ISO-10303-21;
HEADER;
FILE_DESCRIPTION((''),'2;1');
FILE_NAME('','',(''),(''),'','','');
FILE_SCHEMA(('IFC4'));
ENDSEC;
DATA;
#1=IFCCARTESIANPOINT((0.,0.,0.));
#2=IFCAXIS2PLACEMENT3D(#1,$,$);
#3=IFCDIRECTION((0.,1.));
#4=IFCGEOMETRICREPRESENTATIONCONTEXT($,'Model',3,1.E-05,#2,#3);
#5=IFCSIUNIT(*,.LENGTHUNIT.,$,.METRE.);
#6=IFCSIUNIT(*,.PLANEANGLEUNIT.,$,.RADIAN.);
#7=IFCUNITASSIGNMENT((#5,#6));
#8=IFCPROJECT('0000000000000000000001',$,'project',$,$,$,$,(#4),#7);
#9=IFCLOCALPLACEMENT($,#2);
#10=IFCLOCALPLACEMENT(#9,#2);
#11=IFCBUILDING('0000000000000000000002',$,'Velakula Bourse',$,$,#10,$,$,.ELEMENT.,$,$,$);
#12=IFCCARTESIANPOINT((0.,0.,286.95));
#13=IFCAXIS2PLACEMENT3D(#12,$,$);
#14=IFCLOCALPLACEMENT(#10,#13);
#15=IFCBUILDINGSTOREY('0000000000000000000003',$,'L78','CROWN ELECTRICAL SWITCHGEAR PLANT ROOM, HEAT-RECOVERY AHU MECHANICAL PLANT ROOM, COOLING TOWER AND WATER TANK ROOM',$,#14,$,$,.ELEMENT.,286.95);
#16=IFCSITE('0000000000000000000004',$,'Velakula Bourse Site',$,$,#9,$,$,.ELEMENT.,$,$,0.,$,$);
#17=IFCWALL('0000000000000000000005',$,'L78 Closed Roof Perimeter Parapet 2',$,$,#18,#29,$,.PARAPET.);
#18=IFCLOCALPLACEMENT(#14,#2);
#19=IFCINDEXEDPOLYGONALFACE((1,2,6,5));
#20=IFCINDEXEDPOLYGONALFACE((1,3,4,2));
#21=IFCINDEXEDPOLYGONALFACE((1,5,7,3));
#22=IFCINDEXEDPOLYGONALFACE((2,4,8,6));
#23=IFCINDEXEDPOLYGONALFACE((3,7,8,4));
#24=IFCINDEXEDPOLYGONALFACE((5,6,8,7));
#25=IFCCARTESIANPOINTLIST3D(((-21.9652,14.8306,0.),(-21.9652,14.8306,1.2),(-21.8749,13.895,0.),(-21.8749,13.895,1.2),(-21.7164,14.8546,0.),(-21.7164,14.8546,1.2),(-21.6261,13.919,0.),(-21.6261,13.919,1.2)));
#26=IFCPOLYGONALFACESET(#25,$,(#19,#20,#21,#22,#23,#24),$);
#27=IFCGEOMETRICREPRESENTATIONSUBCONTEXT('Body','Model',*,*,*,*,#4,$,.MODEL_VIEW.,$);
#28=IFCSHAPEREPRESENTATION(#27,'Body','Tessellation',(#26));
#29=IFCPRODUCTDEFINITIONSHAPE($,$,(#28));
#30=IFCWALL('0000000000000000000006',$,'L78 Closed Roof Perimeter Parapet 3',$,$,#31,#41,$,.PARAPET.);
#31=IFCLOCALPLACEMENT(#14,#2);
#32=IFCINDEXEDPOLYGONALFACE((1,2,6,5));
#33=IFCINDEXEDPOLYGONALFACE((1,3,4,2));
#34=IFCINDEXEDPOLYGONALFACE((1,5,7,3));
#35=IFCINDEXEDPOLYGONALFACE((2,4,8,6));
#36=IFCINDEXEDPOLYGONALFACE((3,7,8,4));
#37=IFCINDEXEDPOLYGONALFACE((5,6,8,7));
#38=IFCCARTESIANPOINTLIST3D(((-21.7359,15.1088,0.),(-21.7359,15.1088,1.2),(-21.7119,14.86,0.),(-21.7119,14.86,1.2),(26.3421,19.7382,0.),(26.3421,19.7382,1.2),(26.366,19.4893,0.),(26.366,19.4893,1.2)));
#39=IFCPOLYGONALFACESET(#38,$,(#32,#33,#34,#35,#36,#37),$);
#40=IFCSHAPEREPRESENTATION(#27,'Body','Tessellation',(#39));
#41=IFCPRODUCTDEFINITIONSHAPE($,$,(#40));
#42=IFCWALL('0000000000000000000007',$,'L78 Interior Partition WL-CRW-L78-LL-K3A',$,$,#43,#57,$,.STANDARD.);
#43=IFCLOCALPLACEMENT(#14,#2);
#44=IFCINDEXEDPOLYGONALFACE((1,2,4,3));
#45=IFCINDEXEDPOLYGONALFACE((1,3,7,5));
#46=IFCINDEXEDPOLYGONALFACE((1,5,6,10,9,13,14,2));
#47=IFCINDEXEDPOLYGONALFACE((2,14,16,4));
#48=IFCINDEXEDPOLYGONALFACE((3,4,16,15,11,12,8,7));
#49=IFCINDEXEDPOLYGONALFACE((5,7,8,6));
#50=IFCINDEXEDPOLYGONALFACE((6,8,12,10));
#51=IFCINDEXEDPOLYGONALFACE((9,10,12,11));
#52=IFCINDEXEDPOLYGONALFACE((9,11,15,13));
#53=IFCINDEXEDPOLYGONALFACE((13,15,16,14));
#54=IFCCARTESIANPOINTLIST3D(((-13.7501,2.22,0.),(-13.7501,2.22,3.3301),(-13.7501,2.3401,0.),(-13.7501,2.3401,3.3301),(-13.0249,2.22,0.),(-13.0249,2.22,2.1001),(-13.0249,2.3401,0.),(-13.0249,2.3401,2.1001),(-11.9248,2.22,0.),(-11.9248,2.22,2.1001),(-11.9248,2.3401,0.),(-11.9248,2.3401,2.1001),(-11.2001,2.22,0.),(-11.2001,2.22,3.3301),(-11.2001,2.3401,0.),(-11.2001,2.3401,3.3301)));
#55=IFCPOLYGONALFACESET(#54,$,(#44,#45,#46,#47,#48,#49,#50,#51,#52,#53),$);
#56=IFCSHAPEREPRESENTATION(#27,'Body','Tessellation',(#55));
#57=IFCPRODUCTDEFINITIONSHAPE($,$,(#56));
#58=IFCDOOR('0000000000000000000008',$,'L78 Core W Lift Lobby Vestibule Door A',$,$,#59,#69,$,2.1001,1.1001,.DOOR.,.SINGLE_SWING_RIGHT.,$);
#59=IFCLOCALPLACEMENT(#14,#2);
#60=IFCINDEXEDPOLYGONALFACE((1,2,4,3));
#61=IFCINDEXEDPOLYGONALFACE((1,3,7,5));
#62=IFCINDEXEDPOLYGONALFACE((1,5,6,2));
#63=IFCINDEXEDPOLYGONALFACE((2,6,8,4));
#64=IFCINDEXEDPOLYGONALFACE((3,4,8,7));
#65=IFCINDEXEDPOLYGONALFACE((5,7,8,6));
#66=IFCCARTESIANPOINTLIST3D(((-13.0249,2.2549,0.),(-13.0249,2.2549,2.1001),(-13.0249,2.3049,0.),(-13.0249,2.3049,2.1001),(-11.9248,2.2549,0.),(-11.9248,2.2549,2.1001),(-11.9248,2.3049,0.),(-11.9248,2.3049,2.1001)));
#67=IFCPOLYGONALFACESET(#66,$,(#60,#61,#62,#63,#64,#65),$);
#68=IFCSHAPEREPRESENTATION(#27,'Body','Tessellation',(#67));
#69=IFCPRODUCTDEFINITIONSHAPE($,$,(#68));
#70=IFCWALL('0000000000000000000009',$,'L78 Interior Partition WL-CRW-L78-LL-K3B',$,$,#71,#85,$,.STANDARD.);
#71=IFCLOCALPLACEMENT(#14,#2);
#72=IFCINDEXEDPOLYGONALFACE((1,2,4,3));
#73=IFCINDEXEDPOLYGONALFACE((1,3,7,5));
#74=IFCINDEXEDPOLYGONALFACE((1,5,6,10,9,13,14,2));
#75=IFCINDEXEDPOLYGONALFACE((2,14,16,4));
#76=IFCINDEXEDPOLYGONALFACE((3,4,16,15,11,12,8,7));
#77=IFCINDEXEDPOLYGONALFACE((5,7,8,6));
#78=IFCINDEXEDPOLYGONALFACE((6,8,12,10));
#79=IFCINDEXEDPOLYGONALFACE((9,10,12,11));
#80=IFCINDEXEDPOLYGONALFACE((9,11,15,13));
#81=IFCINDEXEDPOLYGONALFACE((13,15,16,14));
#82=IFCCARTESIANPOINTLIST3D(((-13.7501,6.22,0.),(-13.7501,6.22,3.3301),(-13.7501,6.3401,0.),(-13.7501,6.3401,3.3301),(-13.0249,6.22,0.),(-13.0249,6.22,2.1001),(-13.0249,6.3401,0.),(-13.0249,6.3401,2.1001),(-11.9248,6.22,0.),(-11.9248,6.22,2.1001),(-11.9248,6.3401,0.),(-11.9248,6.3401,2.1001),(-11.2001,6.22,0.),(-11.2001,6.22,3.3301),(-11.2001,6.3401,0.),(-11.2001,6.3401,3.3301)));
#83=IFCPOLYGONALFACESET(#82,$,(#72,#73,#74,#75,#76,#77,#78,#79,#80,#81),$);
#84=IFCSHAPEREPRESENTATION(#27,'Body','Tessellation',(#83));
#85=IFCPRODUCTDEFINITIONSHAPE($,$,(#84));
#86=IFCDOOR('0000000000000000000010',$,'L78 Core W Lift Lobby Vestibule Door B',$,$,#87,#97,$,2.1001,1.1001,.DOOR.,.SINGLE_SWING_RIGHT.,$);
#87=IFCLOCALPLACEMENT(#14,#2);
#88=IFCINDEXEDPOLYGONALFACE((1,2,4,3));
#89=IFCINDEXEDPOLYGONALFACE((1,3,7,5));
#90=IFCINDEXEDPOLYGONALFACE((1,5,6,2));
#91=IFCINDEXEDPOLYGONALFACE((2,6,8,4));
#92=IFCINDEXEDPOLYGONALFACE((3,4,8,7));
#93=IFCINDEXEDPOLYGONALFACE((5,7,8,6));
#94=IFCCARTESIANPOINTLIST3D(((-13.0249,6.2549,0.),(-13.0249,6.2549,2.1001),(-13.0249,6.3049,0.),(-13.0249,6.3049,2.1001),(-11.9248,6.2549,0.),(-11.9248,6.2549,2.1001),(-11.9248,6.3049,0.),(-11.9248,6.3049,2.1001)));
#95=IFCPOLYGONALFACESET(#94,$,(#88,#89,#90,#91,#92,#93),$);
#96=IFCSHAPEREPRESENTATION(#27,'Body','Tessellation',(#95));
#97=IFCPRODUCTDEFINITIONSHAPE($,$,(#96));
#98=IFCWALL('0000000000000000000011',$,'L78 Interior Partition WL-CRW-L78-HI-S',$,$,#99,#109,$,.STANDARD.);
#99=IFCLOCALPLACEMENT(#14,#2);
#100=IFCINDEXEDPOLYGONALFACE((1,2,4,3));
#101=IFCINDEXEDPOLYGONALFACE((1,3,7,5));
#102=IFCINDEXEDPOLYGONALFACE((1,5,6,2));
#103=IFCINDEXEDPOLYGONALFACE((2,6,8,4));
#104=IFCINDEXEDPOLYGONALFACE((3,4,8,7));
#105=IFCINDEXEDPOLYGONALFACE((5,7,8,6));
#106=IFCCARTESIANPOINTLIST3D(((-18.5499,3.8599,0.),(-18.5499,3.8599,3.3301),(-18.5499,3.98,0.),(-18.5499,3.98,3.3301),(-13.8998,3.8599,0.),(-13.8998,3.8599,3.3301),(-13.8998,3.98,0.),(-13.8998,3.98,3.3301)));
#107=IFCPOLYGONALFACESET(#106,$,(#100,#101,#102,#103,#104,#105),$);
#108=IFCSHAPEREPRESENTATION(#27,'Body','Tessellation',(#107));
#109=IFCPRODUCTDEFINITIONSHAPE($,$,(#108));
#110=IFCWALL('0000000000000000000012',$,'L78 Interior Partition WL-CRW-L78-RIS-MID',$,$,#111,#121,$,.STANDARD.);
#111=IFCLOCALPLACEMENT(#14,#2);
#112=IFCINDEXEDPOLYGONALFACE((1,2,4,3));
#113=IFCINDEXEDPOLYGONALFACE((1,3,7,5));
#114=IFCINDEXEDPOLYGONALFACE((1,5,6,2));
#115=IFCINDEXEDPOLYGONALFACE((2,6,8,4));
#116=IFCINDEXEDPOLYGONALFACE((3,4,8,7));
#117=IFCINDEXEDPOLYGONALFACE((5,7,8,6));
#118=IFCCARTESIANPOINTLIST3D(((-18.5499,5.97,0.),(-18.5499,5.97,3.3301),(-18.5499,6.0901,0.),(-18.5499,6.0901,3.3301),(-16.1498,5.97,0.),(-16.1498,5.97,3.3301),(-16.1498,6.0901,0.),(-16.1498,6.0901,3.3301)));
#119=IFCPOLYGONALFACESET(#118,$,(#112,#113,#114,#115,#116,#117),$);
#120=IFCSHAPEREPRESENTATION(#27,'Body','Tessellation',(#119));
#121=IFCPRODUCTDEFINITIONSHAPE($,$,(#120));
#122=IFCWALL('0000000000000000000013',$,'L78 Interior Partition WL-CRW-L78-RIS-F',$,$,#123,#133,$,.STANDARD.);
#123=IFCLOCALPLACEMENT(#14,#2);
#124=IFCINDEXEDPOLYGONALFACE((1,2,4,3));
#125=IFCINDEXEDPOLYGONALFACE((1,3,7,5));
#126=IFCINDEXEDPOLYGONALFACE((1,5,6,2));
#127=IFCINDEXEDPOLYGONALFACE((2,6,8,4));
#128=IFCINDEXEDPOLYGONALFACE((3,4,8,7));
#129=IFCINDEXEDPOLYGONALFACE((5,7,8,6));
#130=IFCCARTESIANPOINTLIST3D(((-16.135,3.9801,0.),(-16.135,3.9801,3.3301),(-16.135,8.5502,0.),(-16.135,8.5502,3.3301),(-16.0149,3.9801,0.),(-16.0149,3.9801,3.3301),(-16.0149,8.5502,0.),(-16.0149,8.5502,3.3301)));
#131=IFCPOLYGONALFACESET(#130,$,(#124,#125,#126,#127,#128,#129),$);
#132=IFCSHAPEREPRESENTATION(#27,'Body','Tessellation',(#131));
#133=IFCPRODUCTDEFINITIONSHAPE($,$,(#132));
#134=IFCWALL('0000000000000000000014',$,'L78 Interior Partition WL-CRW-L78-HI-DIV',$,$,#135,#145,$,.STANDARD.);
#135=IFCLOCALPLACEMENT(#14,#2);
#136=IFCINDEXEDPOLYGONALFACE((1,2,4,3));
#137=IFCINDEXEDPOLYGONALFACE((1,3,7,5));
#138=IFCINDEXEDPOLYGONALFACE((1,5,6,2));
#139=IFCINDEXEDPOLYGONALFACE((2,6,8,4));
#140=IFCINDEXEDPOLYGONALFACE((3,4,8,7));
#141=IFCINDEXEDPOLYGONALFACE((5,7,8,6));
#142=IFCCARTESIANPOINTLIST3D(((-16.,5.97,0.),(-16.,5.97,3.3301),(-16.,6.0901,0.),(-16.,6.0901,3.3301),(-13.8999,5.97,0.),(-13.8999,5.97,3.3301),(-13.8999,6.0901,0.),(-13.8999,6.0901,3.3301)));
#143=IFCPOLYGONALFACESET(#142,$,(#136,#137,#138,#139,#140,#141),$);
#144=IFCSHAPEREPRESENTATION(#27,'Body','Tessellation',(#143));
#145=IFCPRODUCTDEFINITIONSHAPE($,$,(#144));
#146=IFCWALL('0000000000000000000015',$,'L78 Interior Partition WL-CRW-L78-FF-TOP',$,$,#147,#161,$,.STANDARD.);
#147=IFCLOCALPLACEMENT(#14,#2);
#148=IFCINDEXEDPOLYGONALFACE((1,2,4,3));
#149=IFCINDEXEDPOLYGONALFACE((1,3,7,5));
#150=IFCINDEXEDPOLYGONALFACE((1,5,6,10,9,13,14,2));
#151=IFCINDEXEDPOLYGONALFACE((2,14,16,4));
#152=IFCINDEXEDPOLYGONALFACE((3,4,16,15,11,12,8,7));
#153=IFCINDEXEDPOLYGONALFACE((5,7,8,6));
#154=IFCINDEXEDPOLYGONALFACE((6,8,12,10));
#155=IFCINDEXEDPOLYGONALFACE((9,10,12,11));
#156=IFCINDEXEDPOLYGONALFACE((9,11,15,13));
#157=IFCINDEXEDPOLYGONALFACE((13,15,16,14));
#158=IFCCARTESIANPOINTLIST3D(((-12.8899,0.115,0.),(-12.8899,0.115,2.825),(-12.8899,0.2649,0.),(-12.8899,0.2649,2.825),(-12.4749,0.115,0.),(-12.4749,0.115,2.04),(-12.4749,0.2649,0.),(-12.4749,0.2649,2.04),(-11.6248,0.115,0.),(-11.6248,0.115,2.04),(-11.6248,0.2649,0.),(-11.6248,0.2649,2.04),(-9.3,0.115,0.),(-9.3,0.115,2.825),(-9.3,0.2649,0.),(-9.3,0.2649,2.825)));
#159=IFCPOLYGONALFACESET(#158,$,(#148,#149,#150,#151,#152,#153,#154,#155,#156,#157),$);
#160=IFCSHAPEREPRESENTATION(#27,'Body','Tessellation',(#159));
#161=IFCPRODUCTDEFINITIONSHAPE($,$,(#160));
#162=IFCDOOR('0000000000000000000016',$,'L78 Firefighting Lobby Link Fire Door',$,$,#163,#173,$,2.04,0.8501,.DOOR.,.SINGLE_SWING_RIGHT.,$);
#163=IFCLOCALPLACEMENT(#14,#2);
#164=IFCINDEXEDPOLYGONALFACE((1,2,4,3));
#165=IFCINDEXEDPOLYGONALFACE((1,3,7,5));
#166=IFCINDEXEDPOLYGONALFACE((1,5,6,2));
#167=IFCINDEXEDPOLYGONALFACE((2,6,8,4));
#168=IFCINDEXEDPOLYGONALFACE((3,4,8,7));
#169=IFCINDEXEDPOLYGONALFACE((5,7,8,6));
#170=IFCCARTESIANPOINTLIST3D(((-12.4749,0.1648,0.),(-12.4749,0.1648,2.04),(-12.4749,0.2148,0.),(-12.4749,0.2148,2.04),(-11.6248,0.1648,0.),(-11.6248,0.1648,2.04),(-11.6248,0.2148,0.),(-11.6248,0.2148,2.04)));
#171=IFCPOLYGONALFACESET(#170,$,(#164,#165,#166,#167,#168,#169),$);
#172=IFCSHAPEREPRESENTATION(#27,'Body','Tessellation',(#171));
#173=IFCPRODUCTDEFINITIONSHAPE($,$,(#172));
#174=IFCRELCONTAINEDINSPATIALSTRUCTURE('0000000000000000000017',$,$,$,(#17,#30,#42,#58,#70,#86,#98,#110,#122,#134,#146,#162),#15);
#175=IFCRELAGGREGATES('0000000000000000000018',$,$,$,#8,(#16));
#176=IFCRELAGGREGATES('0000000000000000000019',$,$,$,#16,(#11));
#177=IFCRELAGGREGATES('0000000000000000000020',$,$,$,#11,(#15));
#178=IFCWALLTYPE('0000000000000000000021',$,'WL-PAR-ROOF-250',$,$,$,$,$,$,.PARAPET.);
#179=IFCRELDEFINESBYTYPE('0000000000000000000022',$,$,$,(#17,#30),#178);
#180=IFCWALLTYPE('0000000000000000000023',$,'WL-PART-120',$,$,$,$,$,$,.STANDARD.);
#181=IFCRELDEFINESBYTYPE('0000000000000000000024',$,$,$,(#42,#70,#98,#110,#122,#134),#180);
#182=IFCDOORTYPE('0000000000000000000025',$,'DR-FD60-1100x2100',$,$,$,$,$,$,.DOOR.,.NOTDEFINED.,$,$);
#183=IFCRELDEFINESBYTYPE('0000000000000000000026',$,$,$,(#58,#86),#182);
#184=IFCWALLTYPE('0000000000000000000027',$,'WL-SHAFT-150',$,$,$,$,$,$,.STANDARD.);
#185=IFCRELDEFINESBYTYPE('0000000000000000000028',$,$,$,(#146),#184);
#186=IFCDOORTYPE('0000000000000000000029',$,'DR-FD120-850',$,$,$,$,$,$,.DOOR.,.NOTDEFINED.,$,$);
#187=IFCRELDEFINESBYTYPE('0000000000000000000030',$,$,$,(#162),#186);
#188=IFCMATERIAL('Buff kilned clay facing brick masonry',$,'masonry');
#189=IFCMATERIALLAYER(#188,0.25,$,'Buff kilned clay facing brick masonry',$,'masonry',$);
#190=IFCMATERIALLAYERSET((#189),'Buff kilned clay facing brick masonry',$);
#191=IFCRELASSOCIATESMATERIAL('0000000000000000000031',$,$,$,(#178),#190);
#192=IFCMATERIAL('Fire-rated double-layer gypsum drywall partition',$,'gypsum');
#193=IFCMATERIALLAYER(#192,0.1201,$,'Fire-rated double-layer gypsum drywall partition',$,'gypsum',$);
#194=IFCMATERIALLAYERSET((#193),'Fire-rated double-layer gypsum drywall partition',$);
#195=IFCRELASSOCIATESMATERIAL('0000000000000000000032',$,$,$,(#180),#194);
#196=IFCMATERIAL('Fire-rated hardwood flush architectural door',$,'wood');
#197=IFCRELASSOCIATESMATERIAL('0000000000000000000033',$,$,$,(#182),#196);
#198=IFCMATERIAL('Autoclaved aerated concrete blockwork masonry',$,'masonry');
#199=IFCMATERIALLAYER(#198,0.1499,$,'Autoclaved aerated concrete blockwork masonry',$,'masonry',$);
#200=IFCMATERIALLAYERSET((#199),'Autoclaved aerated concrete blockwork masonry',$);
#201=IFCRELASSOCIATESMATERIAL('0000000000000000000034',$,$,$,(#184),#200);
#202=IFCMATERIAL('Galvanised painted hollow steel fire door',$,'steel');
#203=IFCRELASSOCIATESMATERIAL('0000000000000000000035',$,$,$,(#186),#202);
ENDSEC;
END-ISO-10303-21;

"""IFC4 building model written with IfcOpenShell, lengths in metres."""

from ifc_helpers import new_model, si_unit, direction, frame, frame_2d, origin, place, context, subcontext, project, spatial, rectangle, extrude, material, layer, layer_set, type_object, element, fill, save


model = new_model("IFC4")

# Units and contexts
model_context = context("Model", 3, precision=1e-05, world=origin(), true_north=direction((0.0, 1.0)))
body_context = subcontext(model_context, "Body", "Model", "MODEL_VIEW")
ifc_project = project(units=[si_unit("LENGTHUNIT", "METRE"), si_unit("PLANEANGLEUNIT", "RADIAN")], contexts=[model_context])

# Site, building, storey
site_placement = place(None, origin())
site = spatial("IfcSite", under=ifc_project, at=site_placement, Name="Velakula Bourse Site", CompositionType="ELEMENT", RefElevation=0.0)
building_placement = place(site_placement, origin())
building = spatial("IfcBuilding", under=site, at=building_placement, Name="Velakula Bourse", CompositionType="ELEMENT")
storey_placement = place(building_placement, frame((0.0, 0.0, 286.95)))
storey = spatial("IfcBuildingStorey", under=building, at=storey_placement, Name="L78", Description="CROWN ELECTRICAL SWITCHGEAR PLANT ROOM, HEAT-RECOVERY AHU MECHANICAL PLANT ROOM, COOLING TOWER AND WATER TANK ROOM", CompositionType="ELEMENT", Elevation=286.95)

# Walls
ifc_material_1 = material(Name="Buff kilned clay facing brick masonry", Category="masonry")
ifc_layer_1 = layer(ifc_material_1, 0.25, Name="Buff kilned clay facing brick masonry", Category="masonry")
ifc_layer_set_1 = layer_set([ifc_layer_1], Name="Buff kilned clay facing brick masonry")
wall_type_1 = type_object("IfcWallType", Name="WL-PAR-ROOF-250", PredefinedType="PARAPET", material=ifc_layer_set_1)
for number, where, z_axis, x_axis, name in (
    (1, (-21.7505, 13.907, 0.0), (0.0, 0.0, 1.0), (-0.096108, 0.995371, 0.0), "L78 Closed Roof Perimeter Parapet 2"),
):
    element("IfcWall", number, at=place(storey_placement, frame(where, z_axis=z_axis, x_axis=x_axis)), inside=storey, type_object=wall_type_1, Name=name, PredefinedType="PARAPET", context=body_context, shape_type="SweptSolid", body=[
        extrude(rectangle(XDim=0.9399, YDim=0.25, at=frame_2d((0.47, 0.0))), origin(), (0.0, 0.0, 1.0), 1.2),
    ])
wall_1_placement = place(storey_placement, frame((-21.7239, 14.9844, 0.0), z_axis=(0.0, 0.0, 1.0), x_axis=(0.995396, 0.095846, 0.0)))
element("IfcWall", 2, at=wall_1_placement, inside=storey, type_object=wall_type_1, Name="L78 Closed Roof Perimeter Parapet 3", PredefinedType="PARAPET", context=body_context, shape_type="SweptSolid", body=[
    extrude(rectangle(XDim=48.3003, YDim=0.25, at=frame_2d((24.1501, 0.0))), origin(), (0.0, 0.0, 1.0), 1.2),
])

# Walls, openings, doors
ifc_material_2 = material(Name="Fire-rated double-layer gypsum drywall partition", Category="gypsum")
ifc_layer_2 = layer(ifc_material_2, 0.1201, Name="Fire-rated double-layer gypsum drywall partition", Category="gypsum")
ifc_layer_set_2 = layer_set([ifc_layer_2], Name="Fire-rated double-layer gypsum drywall partition")
wall_type_2 = type_object("IfcWallType", Name="WL-PART-120", PredefinedType="STANDARD", material=ifc_layer_set_2)
wall_2_placement = place(storey_placement, frame((-13.75, 2.28, 0.0), z_axis=(0.0, 0.0, 1.0), x_axis=(1.0, 0.0, 0.0)))
wall_2 = element("IfcWall", 3, at=wall_2_placement, inside=storey, type_object=wall_type_2, Name="L78 Interior Partition WL-CRW-L78-LL-K3A", PredefinedType="STANDARD", context=body_context, shape_type="SweptSolid", body=[
    extrude(rectangle(XDim=2.55, YDim=0.1201, at=frame_2d((1.2749, 0.0))), origin(), (0.0, 0.0, 1.0), 3.3301),
])
opening_1_placement = place(wall_2_placement, frame((0.7251, 0.0, 0.0)))
opening_1 = element("IfcOpeningElement", 4, at=opening_1_placement, cuts=wall_2, PredefinedType="OPENING", context=body_context, shape_type="SweptSolid", body=[
    extrude(rectangle(XDim=1.1001, YDim=2.1001, at=frame_2d((0.55, 1.05))), frame((0.0, 0.0701, 0.0), z_axis=(0.0, -1.0, 0.0), x_axis=(1.0, 0.0, 0.0)), (0.0, 0.0, 1.0), 0.1401),
])
ifc_material_3 = material(Name="Fire-rated hardwood flush architectural door", Category="wood")
door_type_1 = type_object("IfcDoorType", Name="DR-FD60-1100x2100", OperationType="NOTDEFINED", PredefinedType="DOOR", material=ifc_material_3)
door_1_placement = place(opening_1_placement, origin())
door_1 = element("IfcDoor", 5, at=door_1_placement, inside=storey, type_object=door_type_1, Name="L78 Core W Lift Lobby Vestibule Door A", OperationType="SINGLE_SWING_RIGHT", OverallHeight=2.1001, OverallWidth=1.1001, PredefinedType="DOOR", context=body_context, shape_type="SweptSolid", body=[
    extrude(rectangle(XDim=1.1001, YDim=2.1001, at=frame_2d((0.55, 1.05))), frame((0.0, 0.0249, 0.0), z_axis=(0.0, -1.0, 0.0), x_axis=(1.0, 0.0, 0.0)), (0.0, 0.0, 1.0), 0.05),
])
fill(opening_1, door_1)
wall_3_placement = place(storey_placement, frame((-13.75, 6.28, 0.0), z_axis=(0.0, 0.0, 1.0), x_axis=(1.0, 0.0, 0.0)))
wall_3 = element("IfcWall", 6, at=wall_3_placement, inside=storey, type_object=wall_type_2, Name="L78 Interior Partition WL-CRW-L78-LL-K3B", PredefinedType="STANDARD", context=body_context, shape_type="SweptSolid", body=[
    extrude(rectangle(XDim=2.55, YDim=0.1201, at=frame_2d((1.2749, 0.0))), origin(), (0.0, 0.0, 1.0), 3.3301),
])
opening_2_placement = place(wall_3_placement, frame((0.7251, 0.0, 0.0)))
opening_2 = element("IfcOpeningElement", 7, at=opening_2_placement, cuts=wall_3, PredefinedType="OPENING", context=body_context, shape_type="SweptSolid", body=[
    extrude(rectangle(XDim=1.1001, YDim=2.1001, at=frame_2d((0.55, 1.05))), frame((0.0, 0.0701, 0.0), z_axis=(0.0, -1.0, 0.0), x_axis=(1.0, 0.0, 0.0)), (0.0, 0.0, 1.0), 0.1401),
])
door_2_placement = place(opening_2_placement, origin())
door_2 = element("IfcDoor", 8, at=door_2_placement, inside=storey, type_object=door_type_1, Name="L78 Core W Lift Lobby Vestibule Door B", OperationType="SINGLE_SWING_RIGHT", OverallHeight=2.1001, OverallWidth=1.1001, PredefinedType="DOOR", context=body_context, shape_type="SweptSolid", body=[
    extrude(rectangle(XDim=1.1001, YDim=2.1001, at=frame_2d((0.55, 1.05))), frame((0.0, 0.0249, 0.0), z_axis=(0.0, -1.0, 0.0), x_axis=(1.0, 0.0, 0.0)), (0.0, 0.0, 1.0), 0.05),
])
fill(opening_2, door_2)

# Walls
wall_4_placement = place(storey_placement, frame((-18.55, 3.9199, 0.0), z_axis=(0.0, 0.0, 1.0), x_axis=(1.0, 0.0, 0.0)))
element("IfcWall", 9, at=wall_4_placement, inside=storey, type_object=wall_type_2, Name="L78 Interior Partition WL-CRW-L78-HI-S", PredefinedType="STANDARD", context=body_context, shape_type="SweptSolid", body=[
    extrude(rectangle(XDim=4.6501, YDim=0.1201, at=frame_2d((2.3252, 0.0))), origin(), (0.0, 0.0, 1.0), 3.3301),
])
wall_5_placement = place(storey_placement, frame((-18.55, 6.03, 0.0), z_axis=(0.0, 0.0, 1.0), x_axis=(1.0, 0.0, 0.0)))
element("IfcWall", 10, at=wall_5_placement, inside=storey, type_object=wall_type_2, Name="L78 Interior Partition WL-CRW-L78-RIS-MID", PredefinedType="STANDARD", context=body_context, shape_type="SweptSolid", body=[
    extrude(rectangle(XDim=2.4001, YDim=0.1201, at=frame_2d((1.2002, 0.0))), origin(), (0.0, 0.0, 1.0), 3.3301),
])
wall_6_placement = place(storey_placement, frame((-16.075, 3.98, 0.0), z_axis=(0.0, 0.0, 1.0), x_axis=(0.0, 1.0, 0.0)))
element("IfcWall", 11, at=wall_6_placement, inside=storey, type_object=wall_type_2, Name="L78 Interior Partition WL-CRW-L78-RIS-F", PredefinedType="STANDARD", context=body_context, shape_type="SweptSolid", body=[
    extrude(rectangle(XDim=4.5701, YDim=0.1201, at=frame_2d((2.2852, 0.0))), origin(), (0.0, 0.0, 1.0), 3.3301),
])
wall_7_placement = place(storey_placement, frame((-16.0, 6.03, 0.0), z_axis=(0.0, 0.0, 1.0), x_axis=(1.0, 0.0, 0.0)))
element("IfcWall", 12, at=wall_7_placement, inside=storey, type_object=wall_type_2, Name="L78 Interior Partition WL-CRW-L78-HI-DIV", PredefinedType="STANDARD", context=body_context, shape_type="SweptSolid", body=[
    extrude(rectangle(XDim=2.1001, YDim=0.1201, at=frame_2d((1.05, 0.0))), origin(), (0.0, 0.0, 1.0), 3.3301),
])

# Wall, opening, door
ifc_material_4 = material(Name="Autoclaved aerated concrete blockwork masonry", Category="masonry")
ifc_layer_3 = layer(ifc_material_4, 0.1499, Name="Autoclaved aerated concrete blockwork masonry", Category="masonry")
ifc_layer_set_3 = layer_set([ifc_layer_3], Name="Autoclaved aerated concrete blockwork masonry")
wall_type_3 = type_object("IfcWallType", Name="WL-SHAFT-150", PredefinedType="STANDARD", material=ifc_layer_set_3)
wall_8_placement = place(storey_placement, frame((-12.8899, 0.1899, 0.0), z_axis=(0.0, 0.0, 1.0), x_axis=(1.0, 0.0, 0.0)))
wall_8 = element("IfcWall", 13, at=wall_8_placement, inside=storey, type_object=wall_type_3, Name="L78 Interior Partition WL-CRW-L78-FF-TOP", PredefinedType="STANDARD", context=body_context, shape_type="SweptSolid", body=[
    extrude(rectangle(XDim=3.5898, YDim=0.1499, at=frame_2d((1.7949, 0.0))), origin(), (0.0, 0.0, 1.0), 2.825),
])
opening_3_placement = place(wall_8_placement, frame((0.415, 0.0, 0.0)))
opening_3 = element("IfcOpeningElement", 14, at=opening_3_placement, cuts=wall_8, PredefinedType="OPENING", context=body_context, shape_type="SweptSolid", body=[
    extrude(rectangle(XDim=0.8501, YDim=2.04, at=frame_2d((0.425, 1.02))), frame((0.0, 0.085, 0.0), z_axis=(0.0, -1.0, 0.0), x_axis=(1.0, 0.0, 0.0)), (0.0, 0.0, 1.0), 0.1699),
])
ifc_material_5 = material(Name="Galvanised painted hollow steel fire door", Category="steel")
door_type_2 = type_object("IfcDoorType", Name="DR-FD120-850", OperationType="NOTDEFINED", PredefinedType="DOOR", material=ifc_material_5)
door_3_placement = place(opening_3_placement, origin())
door_3 = element("IfcDoor", 15, at=door_3_placement, inside=storey, type_object=door_type_2, Name="L78 Firefighting Lobby Link Fire Door", OperationType="SINGLE_SWING_RIGHT", OverallHeight=2.04, OverallWidth=0.8501, PredefinedType="DOOR", context=body_context, shape_type="SweptSolid", body=[
    extrude(rectangle(XDim=0.8501, YDim=2.04, at=frame_2d((0.425, 1.02))), frame((0.0, 0.0249, 0.0), z_axis=(0.0, -1.0, 0.0), x_axis=(1.0, 0.0, 0.0)), (0.0, 0.0, 1.0), 0.05),
])
fill(opening_3, door_3)

save(model, "model.ifc")
